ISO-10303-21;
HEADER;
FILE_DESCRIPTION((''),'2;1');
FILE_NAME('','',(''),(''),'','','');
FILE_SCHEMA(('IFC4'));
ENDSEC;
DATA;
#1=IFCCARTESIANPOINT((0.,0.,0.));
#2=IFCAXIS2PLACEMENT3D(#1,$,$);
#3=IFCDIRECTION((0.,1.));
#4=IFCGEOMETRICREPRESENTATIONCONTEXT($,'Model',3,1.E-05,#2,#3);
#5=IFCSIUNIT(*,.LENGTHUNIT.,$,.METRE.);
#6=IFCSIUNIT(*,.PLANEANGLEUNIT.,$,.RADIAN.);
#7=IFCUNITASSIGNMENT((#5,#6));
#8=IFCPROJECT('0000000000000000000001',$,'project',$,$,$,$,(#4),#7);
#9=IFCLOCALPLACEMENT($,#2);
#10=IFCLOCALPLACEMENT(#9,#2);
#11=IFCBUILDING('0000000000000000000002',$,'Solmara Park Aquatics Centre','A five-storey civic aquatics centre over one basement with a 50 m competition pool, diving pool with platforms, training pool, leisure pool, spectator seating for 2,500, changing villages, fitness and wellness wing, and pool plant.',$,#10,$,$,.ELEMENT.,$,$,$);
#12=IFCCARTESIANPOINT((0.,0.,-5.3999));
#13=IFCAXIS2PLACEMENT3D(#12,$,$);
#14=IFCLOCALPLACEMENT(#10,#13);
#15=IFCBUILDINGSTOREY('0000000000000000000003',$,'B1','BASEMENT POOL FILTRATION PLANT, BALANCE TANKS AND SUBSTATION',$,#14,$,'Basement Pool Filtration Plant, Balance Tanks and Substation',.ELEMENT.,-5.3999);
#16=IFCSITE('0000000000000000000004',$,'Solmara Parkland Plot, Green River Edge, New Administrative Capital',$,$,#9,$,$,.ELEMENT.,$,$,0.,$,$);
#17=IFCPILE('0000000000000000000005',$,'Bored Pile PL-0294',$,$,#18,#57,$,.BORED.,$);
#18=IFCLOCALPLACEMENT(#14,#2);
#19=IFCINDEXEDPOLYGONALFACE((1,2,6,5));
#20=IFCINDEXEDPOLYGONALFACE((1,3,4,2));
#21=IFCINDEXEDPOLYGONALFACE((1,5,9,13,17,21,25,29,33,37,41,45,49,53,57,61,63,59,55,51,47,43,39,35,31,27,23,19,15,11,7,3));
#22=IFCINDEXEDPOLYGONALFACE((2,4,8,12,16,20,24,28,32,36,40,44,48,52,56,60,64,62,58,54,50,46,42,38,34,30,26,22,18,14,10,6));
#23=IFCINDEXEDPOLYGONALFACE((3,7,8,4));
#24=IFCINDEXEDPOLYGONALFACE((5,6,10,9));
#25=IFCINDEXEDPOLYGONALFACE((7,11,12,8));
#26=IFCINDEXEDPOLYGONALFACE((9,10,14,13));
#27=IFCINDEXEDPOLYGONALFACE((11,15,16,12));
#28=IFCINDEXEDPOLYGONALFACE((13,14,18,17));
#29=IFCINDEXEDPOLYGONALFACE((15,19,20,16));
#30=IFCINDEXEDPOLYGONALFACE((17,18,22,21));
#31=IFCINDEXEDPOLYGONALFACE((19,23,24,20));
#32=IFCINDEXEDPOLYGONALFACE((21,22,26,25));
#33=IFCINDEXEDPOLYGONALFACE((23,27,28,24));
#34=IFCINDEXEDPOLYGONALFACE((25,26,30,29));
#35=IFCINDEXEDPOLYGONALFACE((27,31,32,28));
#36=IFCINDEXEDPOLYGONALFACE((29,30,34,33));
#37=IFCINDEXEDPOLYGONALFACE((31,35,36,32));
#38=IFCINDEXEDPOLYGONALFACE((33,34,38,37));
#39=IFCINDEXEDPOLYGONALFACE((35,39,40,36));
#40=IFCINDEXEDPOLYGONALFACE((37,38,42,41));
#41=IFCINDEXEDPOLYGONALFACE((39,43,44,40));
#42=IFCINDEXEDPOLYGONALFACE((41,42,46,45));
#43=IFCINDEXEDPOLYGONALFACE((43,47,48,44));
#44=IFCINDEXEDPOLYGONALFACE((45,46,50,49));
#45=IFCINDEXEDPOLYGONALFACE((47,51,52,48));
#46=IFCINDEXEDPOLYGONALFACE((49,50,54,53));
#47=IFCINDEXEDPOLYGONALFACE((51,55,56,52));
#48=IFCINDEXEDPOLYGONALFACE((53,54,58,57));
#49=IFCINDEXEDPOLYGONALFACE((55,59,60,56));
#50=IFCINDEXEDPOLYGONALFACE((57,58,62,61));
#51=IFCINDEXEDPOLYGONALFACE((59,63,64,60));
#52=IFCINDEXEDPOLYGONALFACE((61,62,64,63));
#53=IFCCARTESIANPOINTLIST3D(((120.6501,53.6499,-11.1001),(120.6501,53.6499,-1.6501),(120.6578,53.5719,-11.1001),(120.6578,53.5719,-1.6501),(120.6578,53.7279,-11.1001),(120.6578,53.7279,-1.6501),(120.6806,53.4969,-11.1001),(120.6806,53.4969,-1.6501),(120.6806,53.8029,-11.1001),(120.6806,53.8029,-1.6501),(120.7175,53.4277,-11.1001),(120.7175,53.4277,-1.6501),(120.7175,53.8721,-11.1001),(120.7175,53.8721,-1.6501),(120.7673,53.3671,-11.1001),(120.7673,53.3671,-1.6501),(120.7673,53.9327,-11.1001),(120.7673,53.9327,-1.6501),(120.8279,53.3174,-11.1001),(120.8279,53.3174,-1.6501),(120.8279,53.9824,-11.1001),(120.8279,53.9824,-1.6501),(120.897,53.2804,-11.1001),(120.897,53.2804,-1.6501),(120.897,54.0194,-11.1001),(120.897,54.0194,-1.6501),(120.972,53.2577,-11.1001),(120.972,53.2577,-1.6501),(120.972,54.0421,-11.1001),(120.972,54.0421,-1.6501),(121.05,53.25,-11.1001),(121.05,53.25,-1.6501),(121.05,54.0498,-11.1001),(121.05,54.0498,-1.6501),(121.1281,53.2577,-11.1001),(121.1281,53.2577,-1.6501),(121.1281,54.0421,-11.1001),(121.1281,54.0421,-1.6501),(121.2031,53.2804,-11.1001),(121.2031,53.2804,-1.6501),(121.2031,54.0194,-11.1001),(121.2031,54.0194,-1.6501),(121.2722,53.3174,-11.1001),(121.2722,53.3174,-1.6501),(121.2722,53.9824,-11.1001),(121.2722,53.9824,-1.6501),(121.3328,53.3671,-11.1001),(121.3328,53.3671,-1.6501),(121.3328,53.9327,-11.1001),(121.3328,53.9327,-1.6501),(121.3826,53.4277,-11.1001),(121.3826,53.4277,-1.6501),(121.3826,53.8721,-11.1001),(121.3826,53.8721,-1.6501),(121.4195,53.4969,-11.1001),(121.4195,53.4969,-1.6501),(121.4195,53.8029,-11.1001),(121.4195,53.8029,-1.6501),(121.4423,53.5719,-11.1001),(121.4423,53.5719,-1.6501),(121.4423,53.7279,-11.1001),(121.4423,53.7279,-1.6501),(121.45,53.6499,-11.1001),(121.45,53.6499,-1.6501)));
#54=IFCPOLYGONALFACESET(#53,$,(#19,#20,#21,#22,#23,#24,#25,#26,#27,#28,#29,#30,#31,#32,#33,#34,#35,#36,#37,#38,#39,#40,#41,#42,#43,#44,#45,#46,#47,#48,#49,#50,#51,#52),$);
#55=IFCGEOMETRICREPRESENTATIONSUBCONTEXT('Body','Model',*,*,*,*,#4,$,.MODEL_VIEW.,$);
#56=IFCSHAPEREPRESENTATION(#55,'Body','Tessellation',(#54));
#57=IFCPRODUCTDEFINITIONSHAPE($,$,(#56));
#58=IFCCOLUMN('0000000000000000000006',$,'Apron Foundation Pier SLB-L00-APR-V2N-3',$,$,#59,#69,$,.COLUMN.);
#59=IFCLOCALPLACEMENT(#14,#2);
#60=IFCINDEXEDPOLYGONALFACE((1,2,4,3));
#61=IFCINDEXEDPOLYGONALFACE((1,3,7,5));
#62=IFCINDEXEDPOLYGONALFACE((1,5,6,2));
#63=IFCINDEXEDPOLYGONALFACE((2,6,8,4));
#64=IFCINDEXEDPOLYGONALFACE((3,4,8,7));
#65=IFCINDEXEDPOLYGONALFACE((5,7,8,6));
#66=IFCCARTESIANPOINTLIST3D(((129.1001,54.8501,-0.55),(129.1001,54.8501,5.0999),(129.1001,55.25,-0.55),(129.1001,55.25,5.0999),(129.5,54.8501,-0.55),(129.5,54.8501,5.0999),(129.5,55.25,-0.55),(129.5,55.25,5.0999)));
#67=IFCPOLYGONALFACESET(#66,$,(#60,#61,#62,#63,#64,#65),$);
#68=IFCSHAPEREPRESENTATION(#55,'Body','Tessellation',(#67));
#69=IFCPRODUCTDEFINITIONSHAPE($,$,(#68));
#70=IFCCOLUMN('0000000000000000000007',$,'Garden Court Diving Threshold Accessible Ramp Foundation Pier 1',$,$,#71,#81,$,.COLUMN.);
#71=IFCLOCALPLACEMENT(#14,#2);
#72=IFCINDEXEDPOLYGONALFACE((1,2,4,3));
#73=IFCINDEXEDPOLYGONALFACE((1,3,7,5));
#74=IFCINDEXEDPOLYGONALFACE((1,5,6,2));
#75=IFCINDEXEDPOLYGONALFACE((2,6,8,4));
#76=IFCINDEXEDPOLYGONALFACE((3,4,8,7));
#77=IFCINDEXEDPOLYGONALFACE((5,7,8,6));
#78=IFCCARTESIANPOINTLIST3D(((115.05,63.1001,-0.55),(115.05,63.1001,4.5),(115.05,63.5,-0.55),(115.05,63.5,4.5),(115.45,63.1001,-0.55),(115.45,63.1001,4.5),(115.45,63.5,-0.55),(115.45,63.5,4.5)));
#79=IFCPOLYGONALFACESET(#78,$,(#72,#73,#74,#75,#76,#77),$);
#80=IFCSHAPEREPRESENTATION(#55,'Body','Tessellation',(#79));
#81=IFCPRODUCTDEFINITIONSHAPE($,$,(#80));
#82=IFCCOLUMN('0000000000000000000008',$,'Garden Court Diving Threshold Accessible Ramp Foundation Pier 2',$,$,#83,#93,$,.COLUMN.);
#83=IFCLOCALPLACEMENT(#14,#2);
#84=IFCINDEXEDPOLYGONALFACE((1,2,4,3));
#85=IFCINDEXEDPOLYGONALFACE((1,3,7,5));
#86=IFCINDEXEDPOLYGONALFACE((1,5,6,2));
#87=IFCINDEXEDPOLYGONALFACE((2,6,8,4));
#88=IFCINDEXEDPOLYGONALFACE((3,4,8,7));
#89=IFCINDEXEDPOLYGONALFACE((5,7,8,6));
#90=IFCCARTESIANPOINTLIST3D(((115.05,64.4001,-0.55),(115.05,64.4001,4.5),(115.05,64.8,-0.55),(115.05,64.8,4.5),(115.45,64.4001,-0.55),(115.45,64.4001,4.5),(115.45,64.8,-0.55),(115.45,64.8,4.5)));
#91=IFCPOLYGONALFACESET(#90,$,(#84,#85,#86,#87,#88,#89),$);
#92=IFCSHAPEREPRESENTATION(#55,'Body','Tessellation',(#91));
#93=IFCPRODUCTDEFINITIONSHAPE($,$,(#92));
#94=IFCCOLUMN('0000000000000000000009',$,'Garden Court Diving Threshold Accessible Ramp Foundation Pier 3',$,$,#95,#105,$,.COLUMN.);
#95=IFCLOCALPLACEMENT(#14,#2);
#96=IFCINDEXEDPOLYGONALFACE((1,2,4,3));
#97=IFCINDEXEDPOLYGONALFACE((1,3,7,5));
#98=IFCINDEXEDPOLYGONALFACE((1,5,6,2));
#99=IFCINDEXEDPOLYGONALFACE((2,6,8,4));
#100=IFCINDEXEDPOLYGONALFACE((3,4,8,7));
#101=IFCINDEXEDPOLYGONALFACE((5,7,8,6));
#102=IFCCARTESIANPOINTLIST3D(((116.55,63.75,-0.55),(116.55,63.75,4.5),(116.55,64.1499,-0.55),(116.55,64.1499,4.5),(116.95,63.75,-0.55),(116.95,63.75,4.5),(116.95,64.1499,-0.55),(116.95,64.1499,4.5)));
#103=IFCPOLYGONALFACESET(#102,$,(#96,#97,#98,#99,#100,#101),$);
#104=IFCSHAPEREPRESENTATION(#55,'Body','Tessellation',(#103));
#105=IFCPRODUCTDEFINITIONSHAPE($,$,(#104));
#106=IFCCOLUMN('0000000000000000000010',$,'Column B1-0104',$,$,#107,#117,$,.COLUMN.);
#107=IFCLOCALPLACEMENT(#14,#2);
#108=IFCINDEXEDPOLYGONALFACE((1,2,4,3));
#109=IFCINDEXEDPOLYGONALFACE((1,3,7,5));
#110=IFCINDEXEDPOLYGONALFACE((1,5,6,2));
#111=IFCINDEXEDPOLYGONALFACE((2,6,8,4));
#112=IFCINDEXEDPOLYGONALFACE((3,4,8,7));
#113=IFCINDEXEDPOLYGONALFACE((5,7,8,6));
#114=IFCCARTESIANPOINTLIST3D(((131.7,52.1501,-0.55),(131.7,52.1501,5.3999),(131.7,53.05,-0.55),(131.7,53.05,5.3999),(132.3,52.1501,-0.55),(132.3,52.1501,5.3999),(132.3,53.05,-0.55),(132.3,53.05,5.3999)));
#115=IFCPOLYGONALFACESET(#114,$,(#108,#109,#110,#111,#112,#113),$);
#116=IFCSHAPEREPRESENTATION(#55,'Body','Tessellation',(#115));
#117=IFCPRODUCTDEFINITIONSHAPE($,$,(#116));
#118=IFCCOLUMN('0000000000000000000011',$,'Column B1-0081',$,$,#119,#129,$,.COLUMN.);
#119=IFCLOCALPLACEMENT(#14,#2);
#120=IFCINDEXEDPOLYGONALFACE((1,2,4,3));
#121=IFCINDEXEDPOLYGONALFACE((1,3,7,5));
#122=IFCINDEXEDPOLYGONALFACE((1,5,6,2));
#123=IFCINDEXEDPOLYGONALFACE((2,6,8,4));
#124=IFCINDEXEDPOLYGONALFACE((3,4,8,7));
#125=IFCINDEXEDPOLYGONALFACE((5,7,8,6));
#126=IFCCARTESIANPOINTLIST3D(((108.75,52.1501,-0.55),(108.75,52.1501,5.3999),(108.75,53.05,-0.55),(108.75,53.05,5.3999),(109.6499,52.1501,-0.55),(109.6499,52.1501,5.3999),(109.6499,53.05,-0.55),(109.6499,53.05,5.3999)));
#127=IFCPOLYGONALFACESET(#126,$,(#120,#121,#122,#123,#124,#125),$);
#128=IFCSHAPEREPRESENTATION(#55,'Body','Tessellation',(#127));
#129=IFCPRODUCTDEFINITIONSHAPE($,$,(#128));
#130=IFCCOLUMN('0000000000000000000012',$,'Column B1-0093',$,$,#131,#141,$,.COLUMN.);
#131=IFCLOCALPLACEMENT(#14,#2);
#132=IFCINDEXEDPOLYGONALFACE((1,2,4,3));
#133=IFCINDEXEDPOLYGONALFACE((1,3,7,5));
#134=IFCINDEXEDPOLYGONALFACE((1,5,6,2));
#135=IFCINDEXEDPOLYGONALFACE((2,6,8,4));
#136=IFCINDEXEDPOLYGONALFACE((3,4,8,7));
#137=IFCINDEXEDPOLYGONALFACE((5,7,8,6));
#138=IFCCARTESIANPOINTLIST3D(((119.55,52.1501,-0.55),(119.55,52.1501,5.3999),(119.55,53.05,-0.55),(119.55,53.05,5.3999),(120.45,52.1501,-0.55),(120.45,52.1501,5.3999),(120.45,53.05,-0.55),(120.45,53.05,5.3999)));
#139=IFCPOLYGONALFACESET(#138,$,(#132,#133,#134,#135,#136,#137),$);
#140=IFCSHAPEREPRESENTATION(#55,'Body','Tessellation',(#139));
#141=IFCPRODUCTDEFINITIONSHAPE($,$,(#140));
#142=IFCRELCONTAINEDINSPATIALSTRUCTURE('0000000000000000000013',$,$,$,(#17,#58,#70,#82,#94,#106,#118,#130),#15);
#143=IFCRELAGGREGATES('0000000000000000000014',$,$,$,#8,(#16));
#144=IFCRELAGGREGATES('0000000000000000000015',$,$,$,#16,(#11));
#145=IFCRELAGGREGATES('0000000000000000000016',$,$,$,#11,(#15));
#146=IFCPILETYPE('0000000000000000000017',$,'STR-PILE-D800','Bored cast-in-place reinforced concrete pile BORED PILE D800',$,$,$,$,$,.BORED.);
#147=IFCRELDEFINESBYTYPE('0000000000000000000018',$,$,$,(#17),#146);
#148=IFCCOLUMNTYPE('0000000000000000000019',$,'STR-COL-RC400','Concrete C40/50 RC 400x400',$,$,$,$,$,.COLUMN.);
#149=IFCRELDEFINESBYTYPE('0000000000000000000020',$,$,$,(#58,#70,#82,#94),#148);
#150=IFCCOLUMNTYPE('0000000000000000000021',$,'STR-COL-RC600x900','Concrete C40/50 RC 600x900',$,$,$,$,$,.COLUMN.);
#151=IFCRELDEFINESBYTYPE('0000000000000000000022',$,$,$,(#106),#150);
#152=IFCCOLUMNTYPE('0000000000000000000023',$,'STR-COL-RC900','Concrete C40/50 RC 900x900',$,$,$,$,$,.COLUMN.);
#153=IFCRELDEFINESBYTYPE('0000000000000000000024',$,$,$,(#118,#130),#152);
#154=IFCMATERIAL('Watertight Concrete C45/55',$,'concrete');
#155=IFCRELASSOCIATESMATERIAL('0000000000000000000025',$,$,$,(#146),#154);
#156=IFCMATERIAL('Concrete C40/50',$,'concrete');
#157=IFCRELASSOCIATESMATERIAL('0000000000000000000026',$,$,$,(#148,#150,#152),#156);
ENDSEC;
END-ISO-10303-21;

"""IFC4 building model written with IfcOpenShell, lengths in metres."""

from ifc_helpers import new_model, si_unit, direction, frame, origin, origin_2d, place, context, subcontext, project, spatial, rectangle, circle, extrude, material, material_profile, profile_set, type_object, element, save


model = new_model("IFC4")

# Units and contexts
model_context = context("Model", 3, precision=1e-05, world=origin(), true_north=direction((0.0, 1.0)))
body_context = subcontext(model_context, "Body", "Model", "MODEL_VIEW")
ifc_project = project(units=[si_unit("LENGTHUNIT", "METRE"), si_unit("PLANEANGLEUNIT", "RADIAN")], contexts=[model_context])

# Site, building, storey
site_placement = place(None, origin())
site = spatial("IfcSite", under=ifc_project, at=site_placement, Name="Solmara Parkland Plot, Green River Edge, New Administrative Capital", CompositionType="ELEMENT", RefElevation=0.0)
building_placement = place(site_placement, origin())
building = spatial("IfcBuilding", under=site, at=building_placement, Name="Solmara Park Aquatics Centre", Description="A five-storey civic aquatics centre over one basement with a 50 m competition pool, diving pool with platforms, training pool, leisure pool, spectator seating for 2,500, changing villages, fitness and wellness wing, and pool plant.", CompositionType="ELEMENT")
storey_placement = place(building_placement, frame((0.0, 0.0, -5.3999)))
storey = spatial("IfcBuildingStorey", under=building, at=storey_placement, Name="B1", Description="BASEMENT POOL FILTRATION PLANT, BALANCE TANKS AND SUBSTATION", LongName="Basement Pool Filtration Plant, Balance Tanks and Substation", CompositionType="ELEMENT", Elevation=-5.3999)

# Shared definitions
ifc_material_1 = material(Name="Watertight Concrete C45/55", Category="concrete")

# Pile
ifc_material_profile_1 = material_profile(ifc_material_1, circle(Radius=0.3999, at=origin_2d()), Name="BORED PILE D800")
ifc_profile_set_1 = profile_set([ifc_material_profile_1], Name="Watertight Concrete C45/55")
pile_type_1 = type_object("IfcPileType", Name="STR-PILE-D800", Description="Bored cast-in-place reinforced concrete pile BORED PILE D800", PredefinedType="BORED", material=ifc_profile_set_1)
for number, where, z_axis, x_axis, name in (
    (1, (121.05, 53.6499, -1.6501), (0.0, 0.0, -1.0), (1.0, 0.0, 0.0), "Bored Pile PL-0294"),
):
    element("IfcPile", number, at=place(storey_placement, frame(where, z_axis=z_axis, x_axis=x_axis)), inside=storey, type_object=pile_type_1, Name=name, PredefinedType="BORED", context=body_context, shape_type="SweptSolid", body=[
        extrude(circle(Radius=0.3999, at=origin_2d()), origin(), (0.0, 0.0, 1.0), 9.45),
    ])

# Columns
ifc_material_2 = material(Name="Concrete C40/50", Category="concrete")
ifc_material_profile_2 = material_profile(ifc_material_2, rectangle(XDim=0.3999, YDim=0.3999, at=origin_2d()), Name="RC 400x400")
ifc_profile_set_2 = profile_set([ifc_material_profile_2], Name="Concrete C40/50")
column_type_1 = type_object("IfcColumnType", Name="STR-COL-RC400", Description="Concrete C40/50 RC 400x400", PredefinedType="COLUMN", material=ifc_profile_set_2)
column_1_placement = place(storey_placement, frame((129.3, 55.05, -0.55), z_axis=(0.0, 0.0, 1.0), x_axis=(1.0, 0.0, 0.0)))
element("IfcColumn", 2, at=column_1_placement, inside=storey, type_object=column_type_1, Name="Apron Foundation Pier SLB-L00-APR-V2N-3", PredefinedType="COLUMN", context=body_context, shape_type="SweptSolid", body=[
    extrude(rectangle(XDim=0.3999, YDim=0.3999, at=origin_2d()), origin(), (0.0, 0.0, 1.0), 5.6499),
])
for number, where, z_axis, x_axis, name in (
    (3, (115.25, 63.3, -0.55), (0.0, 0.0, 1.0), (1.0, 0.0, 0.0), "Garden Court Diving Threshold Accessible Ramp Foundation Pier 1"),
    (4, (115.25, 64.6001, -0.55), (0.0, 0.0, 1.0), (1.0, 0.0, 0.0), "Garden Court Diving Threshold Accessible Ramp Foundation Pier 2"),
    (5, (116.75, 63.95, -0.55), (0.0, 0.0, 1.0), (1.0, 0.0, 0.0), "Garden Court Diving Threshold Accessible Ramp Foundation Pier 3"),
):
    element("IfcColumn", number, at=place(storey_placement, frame(where, z_axis=z_axis, x_axis=x_axis)), inside=storey, type_object=column_type_1, Name=name, PredefinedType="COLUMN", context=body_context, shape_type="SweptSolid", body=[
        extrude(rectangle(XDim=0.3999, YDim=0.3999, at=origin_2d()), origin(), (0.0, 0.0, 1.0), 5.05),
    ])
ifc_material_profile_3 = material_profile(ifc_material_2, rectangle(XDim=0.6001, YDim=0.8999, at=origin_2d()), Name="RC 600x900")
ifc_profile_set_3 = profile_set([ifc_material_profile_3], Name="Concrete C40/50")
column_type_2 = type_object("IfcColumnType", Name="STR-COL-RC600x900", Description="Concrete C40/50 RC 600x900", PredefinedType="COLUMN", material=ifc_profile_set_3)
column_2_placement = place(storey_placement, frame((132.0, 52.6001, -0.55), z_axis=(0.0, 0.0, 1.0), x_axis=(1.0, 0.0, 0.0)))
element("IfcColumn", 6, at=column_2_placement, inside=storey, type_object=column_type_2, Name="Column B1-0104", PredefinedType="COLUMN", context=body_context, shape_type="SweptSolid", body=[
    extrude(rectangle(XDim=0.6001, YDim=0.8999, at=origin_2d()), origin(), (0.0, 0.0, 1.0), 5.95),
])
ifc_material_profile_4 = material_profile(ifc_material_2, rectangle(XDim=0.8999, YDim=0.8999, at=origin_2d()), Name="RC 900x900")
ifc_profile_set_4 = profile_set([ifc_material_profile_4], Name="Concrete C40/50")
column_type_3 = type_object("IfcColumnType", Name="STR-COL-RC900", Description="Concrete C40/50 RC 900x900", PredefinedType="COLUMN", material=ifc_profile_set_4)
for number, where, z_axis, x_axis, name in (
    (7, (109.2, 52.6001, -0.55), (0.0, 0.0, 1.0), (1.0, 0.0, 0.0), "Column B1-0081"),
    (8, (120.0, 52.6001, -0.55), (0.0, 0.0, 1.0), (1.0, 0.0, 0.0), "Column B1-0093"),
):
    element("IfcColumn", number, at=place(storey_placement, frame(where, z_axis=z_axis, x_axis=x_axis)), inside=storey, type_object=column_type_3, Name=name, PredefinedType="COLUMN", context=body_context, shape_type="SweptSolid", body=[
        extrude(rectangle(XDim=0.8999, YDim=0.8999, at=origin_2d()), origin(), (0.0, 0.0, 1.0), 5.95),
    ])

save(model, "model.ifc")
